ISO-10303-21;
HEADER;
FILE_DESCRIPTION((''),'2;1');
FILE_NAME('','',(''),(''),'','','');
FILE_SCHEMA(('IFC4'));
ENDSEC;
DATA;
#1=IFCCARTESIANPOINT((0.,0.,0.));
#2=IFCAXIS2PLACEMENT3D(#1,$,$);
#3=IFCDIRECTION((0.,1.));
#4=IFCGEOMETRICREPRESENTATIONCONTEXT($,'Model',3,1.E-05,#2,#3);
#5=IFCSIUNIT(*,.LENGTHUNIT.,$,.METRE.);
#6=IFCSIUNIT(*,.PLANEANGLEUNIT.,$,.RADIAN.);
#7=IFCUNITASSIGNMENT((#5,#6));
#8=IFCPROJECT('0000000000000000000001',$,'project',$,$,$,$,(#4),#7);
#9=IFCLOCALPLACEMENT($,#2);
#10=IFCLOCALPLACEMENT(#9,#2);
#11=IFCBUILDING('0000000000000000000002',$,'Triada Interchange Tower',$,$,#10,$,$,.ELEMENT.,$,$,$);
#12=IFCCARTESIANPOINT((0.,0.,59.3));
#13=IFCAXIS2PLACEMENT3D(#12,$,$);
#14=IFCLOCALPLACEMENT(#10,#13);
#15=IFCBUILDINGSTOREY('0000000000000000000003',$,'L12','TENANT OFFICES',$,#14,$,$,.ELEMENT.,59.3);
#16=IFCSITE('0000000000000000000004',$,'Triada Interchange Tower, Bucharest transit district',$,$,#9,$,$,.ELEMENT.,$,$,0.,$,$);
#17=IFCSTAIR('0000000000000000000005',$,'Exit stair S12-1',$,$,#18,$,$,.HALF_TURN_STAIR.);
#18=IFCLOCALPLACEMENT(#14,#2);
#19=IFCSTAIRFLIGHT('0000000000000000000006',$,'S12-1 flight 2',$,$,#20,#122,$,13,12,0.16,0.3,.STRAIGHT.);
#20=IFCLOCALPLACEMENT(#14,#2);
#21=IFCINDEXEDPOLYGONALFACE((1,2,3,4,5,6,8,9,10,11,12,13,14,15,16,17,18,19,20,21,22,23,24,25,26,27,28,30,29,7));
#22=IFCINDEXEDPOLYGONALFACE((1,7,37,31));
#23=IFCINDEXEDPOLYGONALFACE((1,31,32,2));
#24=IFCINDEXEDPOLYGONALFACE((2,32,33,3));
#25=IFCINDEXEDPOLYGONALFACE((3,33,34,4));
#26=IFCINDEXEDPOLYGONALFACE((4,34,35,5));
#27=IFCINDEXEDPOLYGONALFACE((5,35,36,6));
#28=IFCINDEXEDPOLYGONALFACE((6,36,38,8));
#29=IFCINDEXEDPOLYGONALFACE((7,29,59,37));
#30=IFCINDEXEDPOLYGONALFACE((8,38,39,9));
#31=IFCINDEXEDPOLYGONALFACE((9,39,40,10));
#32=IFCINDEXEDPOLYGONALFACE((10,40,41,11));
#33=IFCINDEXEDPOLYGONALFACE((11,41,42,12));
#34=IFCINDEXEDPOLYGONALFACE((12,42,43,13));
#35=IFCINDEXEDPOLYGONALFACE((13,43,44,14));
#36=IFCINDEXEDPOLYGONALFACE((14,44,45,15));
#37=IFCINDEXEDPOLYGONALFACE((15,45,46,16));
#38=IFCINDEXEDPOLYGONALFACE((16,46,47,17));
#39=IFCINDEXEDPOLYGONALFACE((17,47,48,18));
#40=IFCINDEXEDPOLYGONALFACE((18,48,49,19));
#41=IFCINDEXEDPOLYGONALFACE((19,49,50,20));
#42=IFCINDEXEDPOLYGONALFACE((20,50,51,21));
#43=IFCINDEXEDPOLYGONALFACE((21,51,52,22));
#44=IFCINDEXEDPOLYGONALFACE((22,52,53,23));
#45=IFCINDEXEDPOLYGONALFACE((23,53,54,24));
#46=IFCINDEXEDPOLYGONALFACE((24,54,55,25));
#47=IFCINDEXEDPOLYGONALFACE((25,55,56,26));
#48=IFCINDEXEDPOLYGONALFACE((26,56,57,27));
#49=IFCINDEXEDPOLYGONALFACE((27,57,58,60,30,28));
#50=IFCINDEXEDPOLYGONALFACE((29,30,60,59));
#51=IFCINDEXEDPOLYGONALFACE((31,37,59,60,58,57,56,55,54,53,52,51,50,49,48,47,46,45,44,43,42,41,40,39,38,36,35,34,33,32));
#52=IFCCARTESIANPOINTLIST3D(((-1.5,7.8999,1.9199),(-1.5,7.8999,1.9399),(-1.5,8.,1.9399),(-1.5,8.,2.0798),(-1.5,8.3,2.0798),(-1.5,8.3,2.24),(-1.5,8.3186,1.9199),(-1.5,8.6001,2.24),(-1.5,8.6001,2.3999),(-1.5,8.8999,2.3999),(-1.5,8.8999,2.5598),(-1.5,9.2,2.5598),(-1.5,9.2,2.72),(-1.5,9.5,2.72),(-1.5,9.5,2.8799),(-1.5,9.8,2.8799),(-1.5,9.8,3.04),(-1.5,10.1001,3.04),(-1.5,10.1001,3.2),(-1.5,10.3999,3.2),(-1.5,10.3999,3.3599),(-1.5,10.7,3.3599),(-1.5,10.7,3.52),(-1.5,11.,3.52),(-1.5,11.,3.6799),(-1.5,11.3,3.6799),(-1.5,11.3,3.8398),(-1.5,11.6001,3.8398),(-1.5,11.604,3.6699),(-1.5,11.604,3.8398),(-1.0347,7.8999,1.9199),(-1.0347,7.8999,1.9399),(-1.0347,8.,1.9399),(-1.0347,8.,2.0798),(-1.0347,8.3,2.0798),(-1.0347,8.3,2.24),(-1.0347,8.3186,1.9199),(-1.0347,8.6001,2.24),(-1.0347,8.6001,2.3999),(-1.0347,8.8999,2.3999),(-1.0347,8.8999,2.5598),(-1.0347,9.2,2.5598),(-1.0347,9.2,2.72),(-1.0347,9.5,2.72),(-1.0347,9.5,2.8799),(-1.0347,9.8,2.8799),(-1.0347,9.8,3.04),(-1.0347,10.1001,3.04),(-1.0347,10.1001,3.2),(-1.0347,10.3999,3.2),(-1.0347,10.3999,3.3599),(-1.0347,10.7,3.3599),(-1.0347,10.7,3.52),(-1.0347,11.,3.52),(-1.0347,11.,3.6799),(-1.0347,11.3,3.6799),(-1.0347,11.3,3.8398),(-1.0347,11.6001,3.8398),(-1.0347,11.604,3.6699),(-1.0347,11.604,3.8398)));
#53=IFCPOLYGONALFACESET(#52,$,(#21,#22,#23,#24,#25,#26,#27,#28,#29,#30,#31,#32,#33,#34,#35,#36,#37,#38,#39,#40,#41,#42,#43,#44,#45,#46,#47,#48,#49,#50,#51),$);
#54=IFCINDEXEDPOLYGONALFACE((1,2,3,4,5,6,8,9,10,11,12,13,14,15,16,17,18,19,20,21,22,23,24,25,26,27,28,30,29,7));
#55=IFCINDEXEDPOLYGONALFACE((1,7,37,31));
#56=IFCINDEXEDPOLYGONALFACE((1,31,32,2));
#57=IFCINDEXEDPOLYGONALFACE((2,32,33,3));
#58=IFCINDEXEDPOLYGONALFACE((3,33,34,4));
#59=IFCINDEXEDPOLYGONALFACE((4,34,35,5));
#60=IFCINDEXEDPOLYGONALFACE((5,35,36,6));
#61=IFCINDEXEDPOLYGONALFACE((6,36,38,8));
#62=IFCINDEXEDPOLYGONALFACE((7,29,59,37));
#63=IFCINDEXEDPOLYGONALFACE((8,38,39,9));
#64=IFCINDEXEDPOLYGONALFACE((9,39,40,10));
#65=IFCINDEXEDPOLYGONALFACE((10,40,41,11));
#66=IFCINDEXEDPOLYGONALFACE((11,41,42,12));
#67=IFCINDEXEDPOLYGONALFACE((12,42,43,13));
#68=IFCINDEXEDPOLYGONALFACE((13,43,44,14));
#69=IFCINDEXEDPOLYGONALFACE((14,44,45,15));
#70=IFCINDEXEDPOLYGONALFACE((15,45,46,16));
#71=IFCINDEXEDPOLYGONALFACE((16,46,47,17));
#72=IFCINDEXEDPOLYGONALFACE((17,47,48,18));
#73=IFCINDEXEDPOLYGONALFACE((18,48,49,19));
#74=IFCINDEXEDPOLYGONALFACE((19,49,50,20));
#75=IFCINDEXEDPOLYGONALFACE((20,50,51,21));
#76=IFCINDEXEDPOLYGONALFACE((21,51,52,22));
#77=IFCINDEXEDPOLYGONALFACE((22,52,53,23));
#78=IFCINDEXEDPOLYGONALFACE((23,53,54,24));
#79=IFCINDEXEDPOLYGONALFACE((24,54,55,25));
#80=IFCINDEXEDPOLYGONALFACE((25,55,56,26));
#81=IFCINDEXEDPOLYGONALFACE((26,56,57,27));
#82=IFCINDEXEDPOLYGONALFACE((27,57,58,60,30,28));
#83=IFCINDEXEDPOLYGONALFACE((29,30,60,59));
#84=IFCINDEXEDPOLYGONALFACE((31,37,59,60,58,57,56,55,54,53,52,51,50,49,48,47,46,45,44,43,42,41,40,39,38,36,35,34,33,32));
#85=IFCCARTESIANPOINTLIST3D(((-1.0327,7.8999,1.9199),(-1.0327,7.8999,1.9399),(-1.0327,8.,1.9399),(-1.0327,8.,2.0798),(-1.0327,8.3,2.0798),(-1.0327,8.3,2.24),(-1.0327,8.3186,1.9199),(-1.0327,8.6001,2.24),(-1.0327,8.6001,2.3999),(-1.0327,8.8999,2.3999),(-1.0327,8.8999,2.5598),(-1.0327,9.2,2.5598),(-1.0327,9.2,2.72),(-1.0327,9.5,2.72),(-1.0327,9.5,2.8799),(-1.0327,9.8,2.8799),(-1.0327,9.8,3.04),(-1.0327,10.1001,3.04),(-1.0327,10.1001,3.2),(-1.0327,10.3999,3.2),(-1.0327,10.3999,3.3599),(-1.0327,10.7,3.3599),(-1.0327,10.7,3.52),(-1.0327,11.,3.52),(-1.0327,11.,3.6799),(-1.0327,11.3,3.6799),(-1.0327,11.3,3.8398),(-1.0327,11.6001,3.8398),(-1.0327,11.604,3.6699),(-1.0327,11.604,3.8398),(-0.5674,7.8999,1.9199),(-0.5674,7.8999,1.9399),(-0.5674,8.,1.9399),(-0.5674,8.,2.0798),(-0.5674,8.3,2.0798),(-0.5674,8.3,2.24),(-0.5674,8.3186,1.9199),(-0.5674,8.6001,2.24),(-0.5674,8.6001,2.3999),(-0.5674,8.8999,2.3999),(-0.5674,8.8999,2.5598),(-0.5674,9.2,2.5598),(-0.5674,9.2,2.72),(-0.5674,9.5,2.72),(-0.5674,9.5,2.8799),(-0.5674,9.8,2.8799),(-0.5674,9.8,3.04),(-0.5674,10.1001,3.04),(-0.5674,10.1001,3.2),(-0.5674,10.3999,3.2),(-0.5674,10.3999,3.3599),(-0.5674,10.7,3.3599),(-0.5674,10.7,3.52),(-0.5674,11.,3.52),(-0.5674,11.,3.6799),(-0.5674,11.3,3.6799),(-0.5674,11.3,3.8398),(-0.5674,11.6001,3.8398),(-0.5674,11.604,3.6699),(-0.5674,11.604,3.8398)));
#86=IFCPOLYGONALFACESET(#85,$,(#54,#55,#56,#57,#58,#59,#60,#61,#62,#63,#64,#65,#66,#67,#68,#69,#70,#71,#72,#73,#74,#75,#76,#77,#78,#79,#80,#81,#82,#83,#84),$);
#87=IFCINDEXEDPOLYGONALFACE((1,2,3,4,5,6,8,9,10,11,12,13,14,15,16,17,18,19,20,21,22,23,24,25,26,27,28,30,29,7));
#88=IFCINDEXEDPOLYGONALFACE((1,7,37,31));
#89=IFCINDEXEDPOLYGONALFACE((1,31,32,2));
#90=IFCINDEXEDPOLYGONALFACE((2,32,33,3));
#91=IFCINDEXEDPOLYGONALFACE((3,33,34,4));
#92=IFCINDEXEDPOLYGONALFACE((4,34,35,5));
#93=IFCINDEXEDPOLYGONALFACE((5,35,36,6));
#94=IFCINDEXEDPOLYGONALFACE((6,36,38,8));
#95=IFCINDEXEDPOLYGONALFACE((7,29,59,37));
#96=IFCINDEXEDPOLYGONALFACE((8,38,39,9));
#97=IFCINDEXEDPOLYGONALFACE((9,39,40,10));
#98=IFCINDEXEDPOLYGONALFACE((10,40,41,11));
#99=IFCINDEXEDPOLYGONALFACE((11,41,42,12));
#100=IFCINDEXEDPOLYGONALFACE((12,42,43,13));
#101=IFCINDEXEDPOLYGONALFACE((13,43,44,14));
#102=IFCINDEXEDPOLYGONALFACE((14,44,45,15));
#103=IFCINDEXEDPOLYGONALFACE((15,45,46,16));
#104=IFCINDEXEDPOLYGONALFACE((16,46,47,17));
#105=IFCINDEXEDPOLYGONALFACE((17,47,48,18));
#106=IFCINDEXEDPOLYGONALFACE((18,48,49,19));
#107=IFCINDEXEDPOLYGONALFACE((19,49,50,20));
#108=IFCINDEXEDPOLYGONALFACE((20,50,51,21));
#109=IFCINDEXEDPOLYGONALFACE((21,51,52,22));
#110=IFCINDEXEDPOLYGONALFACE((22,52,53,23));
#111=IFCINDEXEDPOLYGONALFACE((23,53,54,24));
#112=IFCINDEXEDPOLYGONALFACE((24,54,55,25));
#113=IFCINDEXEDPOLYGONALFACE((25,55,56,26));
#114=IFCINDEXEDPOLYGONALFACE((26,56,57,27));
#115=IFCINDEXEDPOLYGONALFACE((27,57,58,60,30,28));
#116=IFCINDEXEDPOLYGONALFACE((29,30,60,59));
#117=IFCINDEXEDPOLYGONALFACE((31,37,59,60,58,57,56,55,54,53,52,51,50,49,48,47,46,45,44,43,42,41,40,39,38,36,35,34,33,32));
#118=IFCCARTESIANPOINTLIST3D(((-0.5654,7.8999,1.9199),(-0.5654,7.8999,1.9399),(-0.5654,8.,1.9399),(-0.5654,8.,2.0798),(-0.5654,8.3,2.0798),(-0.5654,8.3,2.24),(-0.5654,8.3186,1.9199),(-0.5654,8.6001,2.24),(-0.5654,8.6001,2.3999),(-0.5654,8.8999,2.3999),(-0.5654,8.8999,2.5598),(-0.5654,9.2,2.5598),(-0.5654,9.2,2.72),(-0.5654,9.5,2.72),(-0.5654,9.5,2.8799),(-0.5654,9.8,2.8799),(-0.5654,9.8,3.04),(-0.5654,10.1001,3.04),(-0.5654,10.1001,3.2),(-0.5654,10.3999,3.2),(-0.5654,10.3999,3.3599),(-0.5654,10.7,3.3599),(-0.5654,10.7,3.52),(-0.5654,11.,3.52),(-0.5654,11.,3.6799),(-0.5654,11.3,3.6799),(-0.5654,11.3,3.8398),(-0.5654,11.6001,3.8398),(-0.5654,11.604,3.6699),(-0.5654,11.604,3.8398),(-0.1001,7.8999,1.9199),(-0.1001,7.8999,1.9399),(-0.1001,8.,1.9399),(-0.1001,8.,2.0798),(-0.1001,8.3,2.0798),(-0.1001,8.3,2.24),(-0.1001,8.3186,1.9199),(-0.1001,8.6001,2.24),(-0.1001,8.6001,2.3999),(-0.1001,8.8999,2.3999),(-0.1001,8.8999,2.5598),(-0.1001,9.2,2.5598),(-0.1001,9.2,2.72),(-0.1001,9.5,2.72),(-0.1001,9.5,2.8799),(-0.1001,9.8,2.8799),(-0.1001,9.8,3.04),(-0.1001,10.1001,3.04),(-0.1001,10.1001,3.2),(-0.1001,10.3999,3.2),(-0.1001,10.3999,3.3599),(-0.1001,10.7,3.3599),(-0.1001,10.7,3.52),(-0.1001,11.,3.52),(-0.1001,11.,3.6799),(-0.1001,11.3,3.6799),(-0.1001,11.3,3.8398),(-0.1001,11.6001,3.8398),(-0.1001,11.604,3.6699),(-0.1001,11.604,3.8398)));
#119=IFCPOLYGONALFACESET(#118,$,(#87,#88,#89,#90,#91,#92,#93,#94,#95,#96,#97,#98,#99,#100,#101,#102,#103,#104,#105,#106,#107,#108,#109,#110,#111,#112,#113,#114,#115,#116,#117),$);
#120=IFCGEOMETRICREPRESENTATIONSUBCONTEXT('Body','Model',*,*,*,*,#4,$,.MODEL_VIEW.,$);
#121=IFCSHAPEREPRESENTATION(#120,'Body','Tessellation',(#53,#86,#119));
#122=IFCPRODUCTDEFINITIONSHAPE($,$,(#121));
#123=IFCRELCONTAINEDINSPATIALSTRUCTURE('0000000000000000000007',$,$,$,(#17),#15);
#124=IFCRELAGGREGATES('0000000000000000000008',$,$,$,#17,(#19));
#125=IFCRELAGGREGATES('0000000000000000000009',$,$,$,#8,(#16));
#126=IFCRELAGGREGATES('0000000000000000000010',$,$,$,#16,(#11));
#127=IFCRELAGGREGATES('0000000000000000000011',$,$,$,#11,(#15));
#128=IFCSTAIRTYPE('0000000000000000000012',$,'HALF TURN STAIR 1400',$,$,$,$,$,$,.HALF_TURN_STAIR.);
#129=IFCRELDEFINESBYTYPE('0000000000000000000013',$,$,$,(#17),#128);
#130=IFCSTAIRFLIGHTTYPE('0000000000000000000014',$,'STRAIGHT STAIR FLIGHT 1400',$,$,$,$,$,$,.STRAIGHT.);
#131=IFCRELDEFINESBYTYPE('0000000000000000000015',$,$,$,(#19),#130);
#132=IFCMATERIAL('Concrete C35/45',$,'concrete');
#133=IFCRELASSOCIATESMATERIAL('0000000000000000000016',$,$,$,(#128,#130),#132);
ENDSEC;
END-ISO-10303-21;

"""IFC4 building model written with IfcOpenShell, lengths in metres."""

from ifc_helpers import new_model, si_unit, direction, frame, origin, place, context, subcontext, project, spatial, polyline, outline, extrude, material, type_object, element, aggregate, save


model = new_model("IFC4")

# Units and contexts
model_context = context("Model", 3, precision=1e-05, world=origin(), true_north=direction((0.0, 1.0)))
body_context = subcontext(model_context, "Body", "Model", "MODEL_VIEW")
ifc_project = project(units=[si_unit("LENGTHUNIT", "METRE"), si_unit("PLANEANGLEUNIT", "RADIAN")], contexts=[model_context])

# Site, building, storey
site_placement = place(None, origin())
site = spatial("IfcSite", under=ifc_project, at=site_placement, Name="Triada Interchange Tower, Bucharest transit district", CompositionType="ELEMENT", RefElevation=0.0)
building_placement = place(site_placement, origin())
building = spatial("IfcBuilding", under=site, at=building_placement, Name="Triada Interchange Tower", CompositionType="ELEMENT")
storey_placement = place(building_placement, frame((0.0, 0.0, 59.3)))
storey = spatial("IfcBuildingStorey", under=building, at=storey_placement, Name="L12", Description="TENANT OFFICES", CompositionType="ELEMENT", Elevation=59.3)

# Stair, stair flight
ifc_material_1 = material(Name="Concrete C35/45", Category="concrete")
stair_type = type_object("IfcStairType", Name="HALF TURN STAIR 1400", PredefinedType="HALF_TURN_STAIR", material=ifc_material_1)
stair_placement = place(storey_placement, origin())
stair = element("IfcStair", 1, at=stair_placement, inside=storey, type_object=stair_type, Name="Exit stair S12-1", PredefinedType="HALF_TURN_STAIR")
stair_flight_type = type_object("IfcStairFlightType", Name="STRAIGHT STAIR FLIGHT 1400", PredefinedType="STRAIGHT", material=ifc_material_1)
stair_flight_placement = place(storey_placement, frame((-0.8, 8.0, 1.9199), z_axis=(0.0, 0.0, 1.0), x_axis=(0.0, 1.0, 0.0)))
stair_flight = element("IfcStairFlight", 2, at=stair_flight_placement, type_object=stair_flight_type, Name="S12-1 flight 2", NumberOfRisers=13, NumberOfTreads=12, PredefinedType="STRAIGHT", RiserHeight=0.16, TreadLength=0.3, context=body_context, shape_type="SweptSolid", body=[
    extrude(outline(polyline([(-0.1001, 0.0), (-0.1001, 0.02), (0.0, 0.02), (0.0, 0.1599), (0.3, 0.1599), (0.3, 0.3201), (0.6001, 0.3201), (0.6001, 0.48), (0.8999, 0.48), (0.8999, 0.6399), (1.2, 0.6399), (1.2, 0.8), (1.5, 0.8), (1.5, 0.96), (1.8, 0.96), (1.8, 1.1201), (2.1001, 1.1201), (2.1001, 1.28), (2.3999, 1.28), (2.3999, 1.4399), (2.7, 1.4399), (2.7, 1.6001), (3.0, 1.6001), (3.0, 1.76), (3.3, 1.76), (3.3, 1.9199), (3.6001, 1.9199), (3.604, 1.9199), (3.604, 2.0801), (3.604, 1.75), (0.3186, 0.0), (-0.1001, 0.0)])), frame((0.0, 0.7, 0.0), z_axis=(0.0, -1.0, 0.0), x_axis=(1.0, 0.0, 0.0)), (0.0, 0.0, 1.0), 0.4653),
    extrude(outline(polyline([(-0.1001, 0.0), (-0.1001, 0.02), (0.0, 0.02), (0.0, 0.1599), (0.3, 0.1599), (0.3, 0.3201), (0.6001, 0.3201), (0.6001, 0.48), (0.8999, 0.48), (0.8999, 0.6399), (1.2, 0.6399), (1.2, 0.8), (1.5, 0.8), (1.5, 0.96), (1.8, 0.96), (1.8, 1.1201), (2.1001, 1.1201), (2.1001, 1.28), (2.3999, 1.28), (2.3999, 1.4399), (2.7, 1.4399), (2.7, 1.6001), (3.0, 1.6001), (3.0, 1.76), (3.3, 1.76), (3.3, 1.9199), (3.6001, 1.9199), (3.604, 1.9199), (3.604, 2.0801), (3.604, 1.75), (0.3186, 0.0), (-0.1001, 0.0)])), frame((0.0, 0.2327, 0.0), z_axis=(0.0, -1.0, 0.0), x_axis=(1.0, 0.0, 0.0)), (0.0, 0.0, 1.0), 0.4653),
    extrude(outline(polyline([(-0.1001, 0.0), (-0.1001, 0.02), (0.0, 0.02), (0.0, 0.1599), (0.3, 0.1599), (0.3, 0.3201), (0.6001, 0.3201), (0.6001, 0.48), (0.8999, 0.48), (0.8999, 0.6399), (1.2, 0.6399), (1.2, 0.8), (1.5, 0.8), (1.5, 0.96), (1.8, 0.96), (1.8, 1.1201), (2.1001, 1.1201), (2.1001, 1.28), (2.3999, 1.28), (2.3999, 1.4399), (2.7, 1.4399), (2.7, 1.6001), (3.0, 1.6001), (3.0, 1.76), (3.3, 1.76), (3.3, 1.9199), (3.6001, 1.9199), (3.604, 1.9199), (3.604, 2.0801), (3.604, 1.75), (0.3186, 0.0), (-0.1001, 0.0)])), frame((0.0, -0.2346, 0.0), z_axis=(0.0, -1.0, 0.0), x_axis=(1.0, 0.0, 0.0)), (0.0, 0.0, 1.0), 0.4653),
])
aggregate(stair, [stair_flight])

save(model, "model.ifc")
